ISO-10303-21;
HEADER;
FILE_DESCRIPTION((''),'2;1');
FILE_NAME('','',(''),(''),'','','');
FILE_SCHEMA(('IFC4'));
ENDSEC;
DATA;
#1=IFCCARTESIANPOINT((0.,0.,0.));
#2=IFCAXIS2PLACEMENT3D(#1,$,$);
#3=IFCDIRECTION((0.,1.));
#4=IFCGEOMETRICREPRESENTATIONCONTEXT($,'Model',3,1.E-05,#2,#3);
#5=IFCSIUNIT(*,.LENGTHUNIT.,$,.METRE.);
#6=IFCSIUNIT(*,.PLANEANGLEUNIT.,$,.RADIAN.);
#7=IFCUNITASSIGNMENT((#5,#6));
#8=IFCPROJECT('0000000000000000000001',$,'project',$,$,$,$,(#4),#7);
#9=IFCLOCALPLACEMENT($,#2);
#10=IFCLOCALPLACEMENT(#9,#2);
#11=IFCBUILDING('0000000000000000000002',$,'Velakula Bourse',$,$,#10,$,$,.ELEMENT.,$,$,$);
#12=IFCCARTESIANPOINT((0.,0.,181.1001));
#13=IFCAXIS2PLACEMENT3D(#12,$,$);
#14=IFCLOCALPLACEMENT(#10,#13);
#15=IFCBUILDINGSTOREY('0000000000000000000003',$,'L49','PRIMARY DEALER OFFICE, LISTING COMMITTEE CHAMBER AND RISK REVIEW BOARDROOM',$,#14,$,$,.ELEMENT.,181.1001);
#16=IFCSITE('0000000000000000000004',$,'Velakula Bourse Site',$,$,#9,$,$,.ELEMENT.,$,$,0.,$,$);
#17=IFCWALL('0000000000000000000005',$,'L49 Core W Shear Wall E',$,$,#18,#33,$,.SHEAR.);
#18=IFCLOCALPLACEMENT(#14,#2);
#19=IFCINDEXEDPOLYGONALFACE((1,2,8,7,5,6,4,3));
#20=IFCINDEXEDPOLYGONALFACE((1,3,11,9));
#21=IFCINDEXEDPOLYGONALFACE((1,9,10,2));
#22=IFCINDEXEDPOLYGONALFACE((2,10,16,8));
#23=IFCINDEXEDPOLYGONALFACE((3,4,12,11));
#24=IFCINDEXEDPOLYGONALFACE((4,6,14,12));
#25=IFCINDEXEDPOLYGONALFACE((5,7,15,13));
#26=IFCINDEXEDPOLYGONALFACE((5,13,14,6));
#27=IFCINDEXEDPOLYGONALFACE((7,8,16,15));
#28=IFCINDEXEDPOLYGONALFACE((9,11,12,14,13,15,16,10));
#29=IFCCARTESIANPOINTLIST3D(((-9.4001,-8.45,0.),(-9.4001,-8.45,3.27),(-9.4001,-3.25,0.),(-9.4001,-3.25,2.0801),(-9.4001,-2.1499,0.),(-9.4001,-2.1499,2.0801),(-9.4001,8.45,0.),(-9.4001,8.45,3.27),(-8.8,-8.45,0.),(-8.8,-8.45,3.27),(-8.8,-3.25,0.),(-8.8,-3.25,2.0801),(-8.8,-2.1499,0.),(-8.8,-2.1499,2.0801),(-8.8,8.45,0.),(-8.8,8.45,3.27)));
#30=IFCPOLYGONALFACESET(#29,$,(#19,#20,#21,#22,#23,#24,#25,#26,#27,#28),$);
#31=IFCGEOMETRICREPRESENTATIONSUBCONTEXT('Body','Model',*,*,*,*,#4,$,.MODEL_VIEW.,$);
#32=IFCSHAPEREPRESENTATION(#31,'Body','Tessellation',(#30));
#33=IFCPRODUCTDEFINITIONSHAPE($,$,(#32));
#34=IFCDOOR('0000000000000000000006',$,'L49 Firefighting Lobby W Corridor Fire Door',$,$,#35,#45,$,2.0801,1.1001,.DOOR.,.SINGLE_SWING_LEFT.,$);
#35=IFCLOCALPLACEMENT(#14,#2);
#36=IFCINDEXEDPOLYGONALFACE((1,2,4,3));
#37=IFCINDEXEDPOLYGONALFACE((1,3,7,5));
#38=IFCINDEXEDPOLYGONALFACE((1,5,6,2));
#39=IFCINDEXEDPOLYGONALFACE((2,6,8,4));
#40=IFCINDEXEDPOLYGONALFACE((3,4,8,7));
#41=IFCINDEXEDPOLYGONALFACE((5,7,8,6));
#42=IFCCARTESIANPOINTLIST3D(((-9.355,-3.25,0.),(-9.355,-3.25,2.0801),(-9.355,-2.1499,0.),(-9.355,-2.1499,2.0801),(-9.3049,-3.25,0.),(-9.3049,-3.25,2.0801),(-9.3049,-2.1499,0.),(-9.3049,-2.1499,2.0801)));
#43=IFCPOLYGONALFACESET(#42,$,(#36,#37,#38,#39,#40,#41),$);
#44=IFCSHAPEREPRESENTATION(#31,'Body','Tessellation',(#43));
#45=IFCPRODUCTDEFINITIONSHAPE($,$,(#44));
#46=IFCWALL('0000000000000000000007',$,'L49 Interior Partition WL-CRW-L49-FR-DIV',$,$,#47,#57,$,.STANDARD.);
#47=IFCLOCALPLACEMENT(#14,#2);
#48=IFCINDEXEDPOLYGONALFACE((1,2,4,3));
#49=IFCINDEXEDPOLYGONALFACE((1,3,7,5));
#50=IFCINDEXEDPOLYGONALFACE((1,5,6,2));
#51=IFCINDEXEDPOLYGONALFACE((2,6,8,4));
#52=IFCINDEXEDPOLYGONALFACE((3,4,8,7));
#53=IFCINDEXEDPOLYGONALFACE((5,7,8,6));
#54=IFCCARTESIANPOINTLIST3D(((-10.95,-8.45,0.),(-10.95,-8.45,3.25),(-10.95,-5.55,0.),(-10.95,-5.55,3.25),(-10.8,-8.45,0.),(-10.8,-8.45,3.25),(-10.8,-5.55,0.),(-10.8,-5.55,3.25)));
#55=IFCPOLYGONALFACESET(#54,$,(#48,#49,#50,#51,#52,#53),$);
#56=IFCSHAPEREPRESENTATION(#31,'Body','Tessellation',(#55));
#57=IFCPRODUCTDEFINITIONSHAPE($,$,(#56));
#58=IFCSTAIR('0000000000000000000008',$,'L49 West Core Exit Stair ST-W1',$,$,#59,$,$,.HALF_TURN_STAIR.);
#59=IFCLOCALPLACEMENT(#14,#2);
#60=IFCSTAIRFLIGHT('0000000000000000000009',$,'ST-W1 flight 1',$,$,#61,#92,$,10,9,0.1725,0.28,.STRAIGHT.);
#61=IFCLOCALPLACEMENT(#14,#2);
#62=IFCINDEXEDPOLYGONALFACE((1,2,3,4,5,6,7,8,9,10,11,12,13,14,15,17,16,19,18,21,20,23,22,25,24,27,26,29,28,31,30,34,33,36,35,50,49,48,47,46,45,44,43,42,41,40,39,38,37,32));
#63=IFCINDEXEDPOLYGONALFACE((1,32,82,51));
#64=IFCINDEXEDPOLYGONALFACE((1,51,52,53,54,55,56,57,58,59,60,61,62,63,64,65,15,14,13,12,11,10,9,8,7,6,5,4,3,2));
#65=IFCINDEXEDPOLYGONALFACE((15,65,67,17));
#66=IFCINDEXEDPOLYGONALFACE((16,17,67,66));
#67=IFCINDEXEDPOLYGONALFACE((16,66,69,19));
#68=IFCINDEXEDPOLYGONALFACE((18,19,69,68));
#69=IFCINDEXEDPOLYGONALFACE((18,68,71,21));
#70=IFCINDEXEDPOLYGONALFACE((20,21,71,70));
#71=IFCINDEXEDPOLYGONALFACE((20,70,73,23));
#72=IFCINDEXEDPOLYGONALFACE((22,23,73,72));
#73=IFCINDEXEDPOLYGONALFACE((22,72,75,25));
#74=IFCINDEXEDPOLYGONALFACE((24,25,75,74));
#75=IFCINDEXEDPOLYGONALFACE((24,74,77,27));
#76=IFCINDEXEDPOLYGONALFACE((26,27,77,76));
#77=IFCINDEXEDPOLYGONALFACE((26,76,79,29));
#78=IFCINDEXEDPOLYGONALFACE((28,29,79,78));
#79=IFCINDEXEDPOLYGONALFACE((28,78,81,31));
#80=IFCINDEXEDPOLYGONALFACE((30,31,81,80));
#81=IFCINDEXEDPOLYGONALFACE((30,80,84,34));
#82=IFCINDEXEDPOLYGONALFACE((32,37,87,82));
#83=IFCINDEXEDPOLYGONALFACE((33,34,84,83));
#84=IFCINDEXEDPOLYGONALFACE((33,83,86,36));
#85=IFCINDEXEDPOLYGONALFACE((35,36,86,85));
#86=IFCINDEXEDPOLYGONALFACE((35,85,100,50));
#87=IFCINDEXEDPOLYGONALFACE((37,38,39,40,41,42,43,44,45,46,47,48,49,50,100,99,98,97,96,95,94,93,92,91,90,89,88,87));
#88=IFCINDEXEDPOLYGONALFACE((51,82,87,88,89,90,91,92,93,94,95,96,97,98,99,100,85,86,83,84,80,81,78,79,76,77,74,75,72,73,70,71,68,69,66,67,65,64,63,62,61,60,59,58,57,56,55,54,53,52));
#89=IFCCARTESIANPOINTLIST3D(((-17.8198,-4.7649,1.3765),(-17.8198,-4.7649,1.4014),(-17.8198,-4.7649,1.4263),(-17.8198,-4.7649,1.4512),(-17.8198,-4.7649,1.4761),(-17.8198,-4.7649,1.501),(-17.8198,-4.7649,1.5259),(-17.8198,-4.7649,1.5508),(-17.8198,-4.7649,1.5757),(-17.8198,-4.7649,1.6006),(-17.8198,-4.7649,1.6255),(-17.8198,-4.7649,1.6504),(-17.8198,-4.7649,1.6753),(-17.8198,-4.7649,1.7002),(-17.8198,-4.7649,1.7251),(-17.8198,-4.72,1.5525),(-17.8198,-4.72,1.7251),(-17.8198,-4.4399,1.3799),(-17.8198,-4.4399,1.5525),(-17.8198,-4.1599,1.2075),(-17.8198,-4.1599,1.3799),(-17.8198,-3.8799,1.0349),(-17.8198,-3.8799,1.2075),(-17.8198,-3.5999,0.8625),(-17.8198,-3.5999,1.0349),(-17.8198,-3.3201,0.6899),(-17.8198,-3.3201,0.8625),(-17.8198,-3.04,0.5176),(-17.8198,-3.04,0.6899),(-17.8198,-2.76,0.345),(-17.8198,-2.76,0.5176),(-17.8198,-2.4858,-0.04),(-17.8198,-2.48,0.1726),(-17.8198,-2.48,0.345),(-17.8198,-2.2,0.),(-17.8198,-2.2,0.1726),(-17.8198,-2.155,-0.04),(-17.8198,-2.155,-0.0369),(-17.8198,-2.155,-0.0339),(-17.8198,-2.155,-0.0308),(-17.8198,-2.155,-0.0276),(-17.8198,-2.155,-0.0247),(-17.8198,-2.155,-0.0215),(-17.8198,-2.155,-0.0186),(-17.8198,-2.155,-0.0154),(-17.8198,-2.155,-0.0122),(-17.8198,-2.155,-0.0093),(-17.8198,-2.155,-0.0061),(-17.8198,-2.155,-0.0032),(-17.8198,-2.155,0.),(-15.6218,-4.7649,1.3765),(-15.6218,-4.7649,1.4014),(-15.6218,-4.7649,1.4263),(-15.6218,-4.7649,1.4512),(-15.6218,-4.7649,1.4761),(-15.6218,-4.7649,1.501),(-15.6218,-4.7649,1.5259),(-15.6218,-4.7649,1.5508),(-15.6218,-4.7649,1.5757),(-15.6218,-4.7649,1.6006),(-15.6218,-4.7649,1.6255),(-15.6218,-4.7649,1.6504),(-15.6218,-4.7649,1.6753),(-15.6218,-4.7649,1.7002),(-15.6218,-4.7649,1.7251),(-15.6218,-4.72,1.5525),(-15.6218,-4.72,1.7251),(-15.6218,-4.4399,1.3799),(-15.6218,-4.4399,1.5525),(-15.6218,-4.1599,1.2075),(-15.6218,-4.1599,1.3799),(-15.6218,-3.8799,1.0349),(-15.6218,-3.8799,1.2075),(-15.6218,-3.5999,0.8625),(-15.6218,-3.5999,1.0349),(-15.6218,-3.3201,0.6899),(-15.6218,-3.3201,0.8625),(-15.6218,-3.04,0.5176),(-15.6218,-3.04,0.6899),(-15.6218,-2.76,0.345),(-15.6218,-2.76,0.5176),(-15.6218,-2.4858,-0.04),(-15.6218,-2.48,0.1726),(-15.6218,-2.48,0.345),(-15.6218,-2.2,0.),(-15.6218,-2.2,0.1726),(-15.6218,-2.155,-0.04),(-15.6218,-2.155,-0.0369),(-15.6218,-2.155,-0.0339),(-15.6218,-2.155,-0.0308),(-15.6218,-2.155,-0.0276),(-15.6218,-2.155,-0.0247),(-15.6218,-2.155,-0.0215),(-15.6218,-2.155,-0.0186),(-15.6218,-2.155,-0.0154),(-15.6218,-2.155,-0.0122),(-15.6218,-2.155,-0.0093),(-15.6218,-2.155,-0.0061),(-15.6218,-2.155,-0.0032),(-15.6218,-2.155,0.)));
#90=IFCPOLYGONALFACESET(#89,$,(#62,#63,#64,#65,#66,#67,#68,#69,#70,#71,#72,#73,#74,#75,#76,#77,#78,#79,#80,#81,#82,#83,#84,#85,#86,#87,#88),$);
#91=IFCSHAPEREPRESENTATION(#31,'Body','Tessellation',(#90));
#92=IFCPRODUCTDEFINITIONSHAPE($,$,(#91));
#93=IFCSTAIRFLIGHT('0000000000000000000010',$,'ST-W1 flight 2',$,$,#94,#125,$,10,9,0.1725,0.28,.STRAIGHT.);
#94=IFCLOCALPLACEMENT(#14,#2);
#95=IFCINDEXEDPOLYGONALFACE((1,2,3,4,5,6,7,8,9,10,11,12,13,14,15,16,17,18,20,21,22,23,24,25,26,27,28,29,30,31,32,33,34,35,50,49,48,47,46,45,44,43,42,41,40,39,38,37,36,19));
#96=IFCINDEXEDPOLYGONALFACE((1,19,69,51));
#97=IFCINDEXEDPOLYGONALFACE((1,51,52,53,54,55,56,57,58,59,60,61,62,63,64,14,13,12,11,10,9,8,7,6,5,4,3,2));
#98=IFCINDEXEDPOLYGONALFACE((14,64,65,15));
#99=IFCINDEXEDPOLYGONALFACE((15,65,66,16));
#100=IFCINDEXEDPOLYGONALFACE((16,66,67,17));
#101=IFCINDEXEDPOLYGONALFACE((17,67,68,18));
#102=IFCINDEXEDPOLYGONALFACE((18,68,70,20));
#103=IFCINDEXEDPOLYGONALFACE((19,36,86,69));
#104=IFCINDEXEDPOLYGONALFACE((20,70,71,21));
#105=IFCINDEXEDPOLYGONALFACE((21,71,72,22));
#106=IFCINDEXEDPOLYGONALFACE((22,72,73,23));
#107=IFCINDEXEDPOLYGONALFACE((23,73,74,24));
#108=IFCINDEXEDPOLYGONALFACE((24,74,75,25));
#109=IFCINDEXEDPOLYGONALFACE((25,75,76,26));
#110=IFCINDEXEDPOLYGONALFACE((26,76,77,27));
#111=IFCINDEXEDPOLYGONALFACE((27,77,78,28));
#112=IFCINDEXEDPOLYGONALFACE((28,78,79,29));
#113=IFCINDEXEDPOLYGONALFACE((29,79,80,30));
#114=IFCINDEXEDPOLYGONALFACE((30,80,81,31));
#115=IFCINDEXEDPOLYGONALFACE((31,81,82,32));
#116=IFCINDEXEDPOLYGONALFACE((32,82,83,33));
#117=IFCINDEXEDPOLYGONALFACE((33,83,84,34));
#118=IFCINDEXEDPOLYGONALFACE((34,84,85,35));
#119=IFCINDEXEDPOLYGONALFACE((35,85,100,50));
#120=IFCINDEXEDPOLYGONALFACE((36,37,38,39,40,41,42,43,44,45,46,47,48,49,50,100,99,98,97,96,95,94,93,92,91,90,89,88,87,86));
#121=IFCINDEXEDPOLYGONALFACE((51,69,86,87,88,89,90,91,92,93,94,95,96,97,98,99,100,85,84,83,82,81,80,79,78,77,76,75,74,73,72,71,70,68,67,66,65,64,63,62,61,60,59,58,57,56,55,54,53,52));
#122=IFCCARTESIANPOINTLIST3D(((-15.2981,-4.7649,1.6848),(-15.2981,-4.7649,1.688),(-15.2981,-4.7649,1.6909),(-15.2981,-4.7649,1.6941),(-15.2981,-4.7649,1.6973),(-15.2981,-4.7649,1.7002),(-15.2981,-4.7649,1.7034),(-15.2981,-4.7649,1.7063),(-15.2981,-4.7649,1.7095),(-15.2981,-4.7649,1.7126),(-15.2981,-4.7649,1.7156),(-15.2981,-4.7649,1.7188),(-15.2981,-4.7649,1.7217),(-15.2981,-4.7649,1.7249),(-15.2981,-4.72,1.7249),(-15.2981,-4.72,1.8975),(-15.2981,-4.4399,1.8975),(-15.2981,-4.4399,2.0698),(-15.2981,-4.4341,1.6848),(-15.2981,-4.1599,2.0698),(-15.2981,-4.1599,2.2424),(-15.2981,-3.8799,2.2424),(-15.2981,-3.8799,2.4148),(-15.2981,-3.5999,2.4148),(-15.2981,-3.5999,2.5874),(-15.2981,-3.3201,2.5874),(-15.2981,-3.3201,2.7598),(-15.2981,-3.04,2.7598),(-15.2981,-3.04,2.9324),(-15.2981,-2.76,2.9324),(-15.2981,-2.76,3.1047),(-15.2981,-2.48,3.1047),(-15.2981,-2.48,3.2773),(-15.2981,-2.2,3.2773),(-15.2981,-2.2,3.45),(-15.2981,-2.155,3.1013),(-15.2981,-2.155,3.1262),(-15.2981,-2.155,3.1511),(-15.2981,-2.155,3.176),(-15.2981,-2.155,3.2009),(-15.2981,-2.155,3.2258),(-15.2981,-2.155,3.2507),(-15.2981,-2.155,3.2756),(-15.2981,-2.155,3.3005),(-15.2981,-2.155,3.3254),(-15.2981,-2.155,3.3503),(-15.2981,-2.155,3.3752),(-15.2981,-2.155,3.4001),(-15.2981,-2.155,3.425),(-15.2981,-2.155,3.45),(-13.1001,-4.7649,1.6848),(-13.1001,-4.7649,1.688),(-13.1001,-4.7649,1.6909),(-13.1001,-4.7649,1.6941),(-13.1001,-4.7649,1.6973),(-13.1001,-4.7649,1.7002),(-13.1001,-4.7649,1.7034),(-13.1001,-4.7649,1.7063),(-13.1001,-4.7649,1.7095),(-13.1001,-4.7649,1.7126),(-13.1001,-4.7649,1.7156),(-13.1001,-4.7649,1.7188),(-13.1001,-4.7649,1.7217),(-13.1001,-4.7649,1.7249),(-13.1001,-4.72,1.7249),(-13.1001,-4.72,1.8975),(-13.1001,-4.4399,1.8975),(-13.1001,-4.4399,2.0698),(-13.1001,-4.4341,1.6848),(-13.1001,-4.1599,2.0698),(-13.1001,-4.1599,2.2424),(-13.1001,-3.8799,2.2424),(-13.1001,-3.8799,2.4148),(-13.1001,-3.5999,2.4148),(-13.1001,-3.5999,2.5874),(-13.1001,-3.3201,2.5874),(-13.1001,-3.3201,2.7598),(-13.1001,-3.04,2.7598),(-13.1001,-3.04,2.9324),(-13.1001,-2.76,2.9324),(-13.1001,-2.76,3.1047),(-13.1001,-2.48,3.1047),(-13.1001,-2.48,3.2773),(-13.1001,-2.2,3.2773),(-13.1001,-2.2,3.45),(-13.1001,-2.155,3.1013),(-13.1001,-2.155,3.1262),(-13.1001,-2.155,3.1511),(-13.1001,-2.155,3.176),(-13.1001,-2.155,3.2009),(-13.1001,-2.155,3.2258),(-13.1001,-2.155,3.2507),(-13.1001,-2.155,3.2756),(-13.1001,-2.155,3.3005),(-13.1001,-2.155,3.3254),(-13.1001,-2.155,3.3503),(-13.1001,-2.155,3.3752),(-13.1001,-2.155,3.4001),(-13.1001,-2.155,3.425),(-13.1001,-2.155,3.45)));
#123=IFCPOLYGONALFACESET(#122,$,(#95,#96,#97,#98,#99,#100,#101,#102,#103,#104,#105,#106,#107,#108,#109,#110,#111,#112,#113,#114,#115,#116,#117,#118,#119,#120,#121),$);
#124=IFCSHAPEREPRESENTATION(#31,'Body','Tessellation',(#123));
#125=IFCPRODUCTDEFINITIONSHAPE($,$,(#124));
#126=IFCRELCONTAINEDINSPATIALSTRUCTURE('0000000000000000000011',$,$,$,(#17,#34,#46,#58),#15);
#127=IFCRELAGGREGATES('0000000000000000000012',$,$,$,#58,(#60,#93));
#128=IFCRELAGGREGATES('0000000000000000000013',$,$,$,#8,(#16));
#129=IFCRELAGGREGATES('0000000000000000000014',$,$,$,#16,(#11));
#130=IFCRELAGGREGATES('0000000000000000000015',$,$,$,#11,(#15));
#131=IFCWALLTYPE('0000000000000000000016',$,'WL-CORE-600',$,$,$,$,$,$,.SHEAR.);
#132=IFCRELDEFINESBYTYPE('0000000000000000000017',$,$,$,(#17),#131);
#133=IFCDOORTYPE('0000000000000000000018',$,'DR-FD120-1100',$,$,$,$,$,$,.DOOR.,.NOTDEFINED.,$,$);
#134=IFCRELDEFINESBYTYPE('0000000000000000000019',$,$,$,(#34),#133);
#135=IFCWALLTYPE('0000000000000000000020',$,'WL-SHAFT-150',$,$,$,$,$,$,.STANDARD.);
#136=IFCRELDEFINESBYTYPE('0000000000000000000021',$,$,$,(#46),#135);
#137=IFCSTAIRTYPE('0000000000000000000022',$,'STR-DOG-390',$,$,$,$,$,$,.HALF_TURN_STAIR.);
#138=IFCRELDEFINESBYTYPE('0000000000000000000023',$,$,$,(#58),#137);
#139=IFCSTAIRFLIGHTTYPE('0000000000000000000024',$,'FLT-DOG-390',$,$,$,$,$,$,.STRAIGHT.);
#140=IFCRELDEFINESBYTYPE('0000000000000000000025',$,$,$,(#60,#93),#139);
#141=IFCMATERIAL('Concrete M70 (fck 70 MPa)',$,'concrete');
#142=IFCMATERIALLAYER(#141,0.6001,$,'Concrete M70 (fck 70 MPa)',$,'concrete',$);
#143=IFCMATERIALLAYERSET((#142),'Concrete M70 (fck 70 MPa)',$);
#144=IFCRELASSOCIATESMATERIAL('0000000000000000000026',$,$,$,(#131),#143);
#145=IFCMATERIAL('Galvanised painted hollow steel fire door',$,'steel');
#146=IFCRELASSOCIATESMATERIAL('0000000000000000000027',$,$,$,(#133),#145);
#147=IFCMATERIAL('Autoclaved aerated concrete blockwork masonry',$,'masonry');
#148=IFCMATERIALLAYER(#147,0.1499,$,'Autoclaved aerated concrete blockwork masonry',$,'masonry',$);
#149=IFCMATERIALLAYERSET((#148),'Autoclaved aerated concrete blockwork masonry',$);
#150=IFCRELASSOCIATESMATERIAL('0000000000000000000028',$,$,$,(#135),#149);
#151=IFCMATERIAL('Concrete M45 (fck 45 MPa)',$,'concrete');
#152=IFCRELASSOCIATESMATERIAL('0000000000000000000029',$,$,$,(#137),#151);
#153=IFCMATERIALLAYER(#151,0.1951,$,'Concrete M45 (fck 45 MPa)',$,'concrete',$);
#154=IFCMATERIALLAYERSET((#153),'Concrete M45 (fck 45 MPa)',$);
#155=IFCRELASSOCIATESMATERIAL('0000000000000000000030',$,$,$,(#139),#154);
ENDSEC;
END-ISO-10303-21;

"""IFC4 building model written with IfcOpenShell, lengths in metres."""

from ifc_helpers import new_model, si_unit, direction, frame, frame_2d, origin, place, context, subcontext, project, spatial, polyline, rectangle, outline, extrude, material, layer, layer_set, type_object, element, fill, aggregate, save


model = new_model("IFC4")

# Units and contexts
model_context = context("Model", 3, precision=1e-05, world=origin(), true_north=direction((0.0, 1.0)))
body_context = subcontext(model_context, "Body", "Model", "MODEL_VIEW")
ifc_project = project(units=[si_unit("LENGTHUNIT", "METRE"), si_unit("PLANEANGLEUNIT", "RADIAN")], contexts=[model_context])

# Site, building, storey
site_placement = place(None, origin())
site = spatial("IfcSite", under=ifc_project, at=site_placement, Name="Velakula Bourse Site", CompositionType="ELEMENT", RefElevation=0.0)
building_placement = place(site_placement, origin())
building = spatial("IfcBuilding", under=site, at=building_placement, Name="Velakula Bourse", CompositionType="ELEMENT")
storey_placement = place(building_placement, frame((0.0, 0.0, 181.1001)))
storey = spatial("IfcBuildingStorey", under=building, at=storey_placement, Name="L49", Description="PRIMARY DEALER OFFICE, LISTING COMMITTEE CHAMBER AND RISK REVIEW BOARDROOM", CompositionType="ELEMENT", Elevation=181.1001)

# Shared definitions
ifc_material_1 = material(Name="Galvanised painted hollow steel fire door", Category="steel")

# Wall, opening, door
ifc_material_2 = material(Name="Concrete M70 (fck 70 MPa)", Category="concrete")
ifc_layer_1 = layer(ifc_material_2, 0.6001, Name="Concrete M70 (fck 70 MPa)", Category="concrete")
ifc_layer_set_1 = layer_set([ifc_layer_1], Name="Concrete M70 (fck 70 MPa)")
wall_type_1 = type_object("IfcWallType", Name="WL-CORE-600", PredefinedType="SHEAR", material=ifc_layer_set_1)
wall_1_placement = place(storey_placement, frame((-9.1001, -8.45, 0.0), z_axis=(0.0, 0.0, 1.0), x_axis=(0.0, 1.0, 0.0)))
wall_1 = element("IfcWall", 1, at=wall_1_placement, inside=storey, type_object=wall_type_1, Name="L49 Core W Shear Wall E", PredefinedType="SHEAR", context=body_context, shape_type="SweptSolid", body=[
    extrude(rectangle(XDim=16.8999, YDim=0.6001, at=frame_2d((8.45, 0.0))), origin(), (0.0, 0.0, 1.0), 3.27),
])
opening_1_placement = place(wall_1_placement, frame((5.2, 0.0, 0.0)))
opening_1 = element("IfcOpeningElement", 2, at=opening_1_placement, cuts=wall_1, PredefinedType="OPENING", context=body_context, shape_type="SweptSolid", body=[
    extrude(rectangle(XDim=1.1001, YDim=2.0801, at=frame_2d((0.55, 1.04))), frame((0.0, 0.3101, 0.0), z_axis=(0.0, -1.0, 0.0), x_axis=(1.0, 0.0, 0.0)), (0.0, 0.0, 1.0), 0.6201),
])
door_type_1 = type_object("IfcDoorType", Name="DR-FD120-1100", OperationType="NOTDEFINED", PredefinedType="DOOR", material=ifc_material_1)
door_1_placement = place(opening_1_placement, origin())
door_1 = element("IfcDoor", 3, at=door_1_placement, inside=storey, type_object=door_type_1, Name="L49 Firefighting Lobby W Corridor Fire Door", OperationType="SINGLE_SWING_LEFT", OverallHeight=2.0801, OverallWidth=1.1001, PredefinedType="DOOR", context=body_context, shape_type="SweptSolid", body=[
    extrude(rectangle(XDim=1.1001, YDim=2.0801, at=frame_2d((0.55, 1.04))), frame((0.0, 0.2549, 0.0), z_axis=(0.0, -1.0, 0.0), x_axis=(1.0, 0.0, 0.0)), (0.0, 0.0, 1.0), 0.05),
])
fill(opening_1, door_1)

# Shared definitions
ifc_material_3 = material(Name="Autoclaved aerated concrete blockwork masonry", Category="masonry")
ifc_layer_2 = layer(ifc_material_3, 0.1499, Name="Autoclaved aerated concrete blockwork masonry", Category="masonry")
ifc_layer_set_2 = layer_set([ifc_layer_2], Name="Autoclaved aerated concrete blockwork masonry")
wall_type_2 = type_object("IfcWallType", Name="WL-SHAFT-150", PredefinedType="STANDARD", material=ifc_layer_set_2)

# Wall
wall_2_placement = place(storey_placement, frame((-10.875, -8.45, 0.0), z_axis=(0.0, 0.0, 1.0), x_axis=(0.0, 1.0, 0.0)))
element("IfcWall", 4, at=wall_2_placement, inside=storey, type_object=wall_type_2, Name="L49 Interior Partition WL-CRW-L49-FR-DIV", PredefinedType="STANDARD", context=body_context, shape_type="SweptSolid", body=[
    extrude(rectangle(XDim=2.8999, YDim=0.1499, at=frame_2d((1.45, 0.0))), origin(), (0.0, 0.0, 1.0), 3.25),
])

# Stair, stair flights
ifc_material_4 = material(Name="Concrete M45 (fck 45 MPa)", Category="concrete")
stair_type = type_object("IfcStairType", Name="STR-DOG-390", PredefinedType="HALF_TURN_STAIR", material=ifc_material_4)
stair_placement = place(storey_placement, origin())
stair = element("IfcStair", 5, at=stair_placement, inside=storey, type_object=stair_type, Name="L49 West Core Exit Stair ST-W1", PredefinedType="HALF_TURN_STAIR")
ifc_layer_3 = layer(ifc_material_4, 0.1951, Name="Concrete M45 (fck 45 MPa)", Category="concrete")
ifc_layer_set_3 = layer_set([ifc_layer_3], Name="Concrete M45 (fck 45 MPa)")
stair_flight_type = type_object("IfcStairFlightType", Name="FLT-DOG-390", PredefinedType="STRAIGHT", material=ifc_layer_set_3)
stair_flight_1_placement = place(storey_placement, frame((-16.7209, -2.2, 0.0), z_axis=(0.0, 0.0, 1.0), x_axis=(0.0, -1.0, 0.0)))
stair_flight_1 = element("IfcStairFlight", 6, at=stair_flight_1_placement, type_object=stair_flight_type, Name="ST-W1 flight 1", NumberOfRisers=10, NumberOfTreads=9, PredefinedType="STRAIGHT", RiserHeight=0.1725, TreadLength=0.28, context=body_context, shape_type="SweptSolid", body=[
    extrude(outline(polyline([(-0.0449, -0.04), (-0.0449, -0.0369), (-0.0449, -0.0339), (-0.0449, -0.0308), (-0.0449, -0.0276), (-0.0449, -0.0247), (-0.0449, -0.0215), (-0.0449, -0.0186), (-0.0449, -0.0154), (-0.0449, -0.0122), (-0.0449, -0.0093), (-0.0449, -0.0061), (-0.0449, -0.0032), (-0.0449, 0.0), (0.0, 0.0), (0.0, 0.1726), (0.28, 0.1726), (0.28, 0.345), (0.5601, 0.345), (0.5601, 0.5176), (0.8401, 0.5176), (0.8401, 0.6899), (1.1201, 0.6899), (1.1201, 0.8625), (1.3999, 0.8625), (1.3999, 1.0349), (1.6799, 1.0349), (1.6799, 1.2075), (1.96, 1.2075), (1.96, 1.3799), (2.24, 1.3799), (2.24, 1.5525), (2.52, 1.5525), (2.52, 1.7251), (2.5649, 1.7251), (2.5649, 1.7002), (2.5649, 1.6753), (2.5649, 1.6504), (2.5649, 1.6255), (2.5649, 1.6006), (2.5649, 1.5757), (2.5649, 1.5508), (2.5649, 1.5259), (2.5649, 1.501), (2.5649, 1.4761), (2.5649, 1.4512), (2.5649, 1.4263), (2.5649, 1.4014), (2.5649, 1.3765), (0.2859, -0.04), (-0.0449, -0.04)])), frame((0.0, 1.0991, 0.0), z_axis=(0.0, -1.0, 0.0), x_axis=(1.0, 0.0, 0.0)), (0.0, 0.0, 1.0), 2.198),
])
stair_flight_2_placement = place(storey_placement, frame((-14.199, -4.72, 1.7249), z_axis=(0.0, 0.0, 1.0), x_axis=(0.0, 1.0, 0.0)))
stair_flight_2 = element("IfcStairFlight", 7, at=stair_flight_2_placement, type_object=stair_flight_type, Name="ST-W1 flight 2", NumberOfRisers=10, NumberOfTreads=9, PredefinedType="STRAIGHT", RiserHeight=0.1725, TreadLength=0.28, context=body_context, shape_type="SweptSolid", body=[
    extrude(outline(polyline([(-0.0449, -0.04), (-0.0449, -0.0369), (-0.0449, -0.0339), (-0.0449, -0.0308), (-0.0449, -0.0276), (-0.0449, -0.0247), (-0.0449, -0.0215), (-0.0449, -0.0186), (-0.0449, -0.0154), (-0.0449, -0.0122), (-0.0449, -0.0093), (-0.0449, -0.0061), (-0.0449, -0.0032), (-0.0449, 0.0), (0.0, 0.0), (0.0, 0.1726), (0.28, 0.1726), (0.28, 0.345), (0.5601, 0.345), (0.5601, 0.5176), (0.8401, 0.5176), (0.8401, 0.6899), (1.1201, 0.6899), (1.1201, 0.8625), (1.3999, 0.8625), (1.3999, 1.0349), (1.6799, 1.0349), (1.6799, 1.2075), (1.96, 1.2075), (1.96, 1.3799), (2.24, 1.3799), (2.24, 1.5525), (2.52, 1.5525), (2.52, 1.7251), (2.5649, 1.7251), (2.5649, 1.7002), (2.5649, 1.6753), (2.5649, 1.6504), (2.5649, 1.6255), (2.5649, 1.6006), (2.5649, 1.5757), (2.5649, 1.5508), (2.5649, 1.5259), (2.5649, 1.501), (2.5649, 1.4761), (2.5649, 1.4512), (2.5649, 1.4263), (2.5649, 1.4014), (2.5649, 1.3765), (0.2859, -0.04), (-0.0449, -0.04)])), frame((0.0, 1.0991, 0.0), z_axis=(0.0, -1.0, 0.0), x_axis=(1.0, 0.0, 0.0)), (0.0, 0.0, 1.0), 2.198),
])
aggregate(stair, [stair_flight_1, stair_flight_2])

save(model, "model.ifc")
